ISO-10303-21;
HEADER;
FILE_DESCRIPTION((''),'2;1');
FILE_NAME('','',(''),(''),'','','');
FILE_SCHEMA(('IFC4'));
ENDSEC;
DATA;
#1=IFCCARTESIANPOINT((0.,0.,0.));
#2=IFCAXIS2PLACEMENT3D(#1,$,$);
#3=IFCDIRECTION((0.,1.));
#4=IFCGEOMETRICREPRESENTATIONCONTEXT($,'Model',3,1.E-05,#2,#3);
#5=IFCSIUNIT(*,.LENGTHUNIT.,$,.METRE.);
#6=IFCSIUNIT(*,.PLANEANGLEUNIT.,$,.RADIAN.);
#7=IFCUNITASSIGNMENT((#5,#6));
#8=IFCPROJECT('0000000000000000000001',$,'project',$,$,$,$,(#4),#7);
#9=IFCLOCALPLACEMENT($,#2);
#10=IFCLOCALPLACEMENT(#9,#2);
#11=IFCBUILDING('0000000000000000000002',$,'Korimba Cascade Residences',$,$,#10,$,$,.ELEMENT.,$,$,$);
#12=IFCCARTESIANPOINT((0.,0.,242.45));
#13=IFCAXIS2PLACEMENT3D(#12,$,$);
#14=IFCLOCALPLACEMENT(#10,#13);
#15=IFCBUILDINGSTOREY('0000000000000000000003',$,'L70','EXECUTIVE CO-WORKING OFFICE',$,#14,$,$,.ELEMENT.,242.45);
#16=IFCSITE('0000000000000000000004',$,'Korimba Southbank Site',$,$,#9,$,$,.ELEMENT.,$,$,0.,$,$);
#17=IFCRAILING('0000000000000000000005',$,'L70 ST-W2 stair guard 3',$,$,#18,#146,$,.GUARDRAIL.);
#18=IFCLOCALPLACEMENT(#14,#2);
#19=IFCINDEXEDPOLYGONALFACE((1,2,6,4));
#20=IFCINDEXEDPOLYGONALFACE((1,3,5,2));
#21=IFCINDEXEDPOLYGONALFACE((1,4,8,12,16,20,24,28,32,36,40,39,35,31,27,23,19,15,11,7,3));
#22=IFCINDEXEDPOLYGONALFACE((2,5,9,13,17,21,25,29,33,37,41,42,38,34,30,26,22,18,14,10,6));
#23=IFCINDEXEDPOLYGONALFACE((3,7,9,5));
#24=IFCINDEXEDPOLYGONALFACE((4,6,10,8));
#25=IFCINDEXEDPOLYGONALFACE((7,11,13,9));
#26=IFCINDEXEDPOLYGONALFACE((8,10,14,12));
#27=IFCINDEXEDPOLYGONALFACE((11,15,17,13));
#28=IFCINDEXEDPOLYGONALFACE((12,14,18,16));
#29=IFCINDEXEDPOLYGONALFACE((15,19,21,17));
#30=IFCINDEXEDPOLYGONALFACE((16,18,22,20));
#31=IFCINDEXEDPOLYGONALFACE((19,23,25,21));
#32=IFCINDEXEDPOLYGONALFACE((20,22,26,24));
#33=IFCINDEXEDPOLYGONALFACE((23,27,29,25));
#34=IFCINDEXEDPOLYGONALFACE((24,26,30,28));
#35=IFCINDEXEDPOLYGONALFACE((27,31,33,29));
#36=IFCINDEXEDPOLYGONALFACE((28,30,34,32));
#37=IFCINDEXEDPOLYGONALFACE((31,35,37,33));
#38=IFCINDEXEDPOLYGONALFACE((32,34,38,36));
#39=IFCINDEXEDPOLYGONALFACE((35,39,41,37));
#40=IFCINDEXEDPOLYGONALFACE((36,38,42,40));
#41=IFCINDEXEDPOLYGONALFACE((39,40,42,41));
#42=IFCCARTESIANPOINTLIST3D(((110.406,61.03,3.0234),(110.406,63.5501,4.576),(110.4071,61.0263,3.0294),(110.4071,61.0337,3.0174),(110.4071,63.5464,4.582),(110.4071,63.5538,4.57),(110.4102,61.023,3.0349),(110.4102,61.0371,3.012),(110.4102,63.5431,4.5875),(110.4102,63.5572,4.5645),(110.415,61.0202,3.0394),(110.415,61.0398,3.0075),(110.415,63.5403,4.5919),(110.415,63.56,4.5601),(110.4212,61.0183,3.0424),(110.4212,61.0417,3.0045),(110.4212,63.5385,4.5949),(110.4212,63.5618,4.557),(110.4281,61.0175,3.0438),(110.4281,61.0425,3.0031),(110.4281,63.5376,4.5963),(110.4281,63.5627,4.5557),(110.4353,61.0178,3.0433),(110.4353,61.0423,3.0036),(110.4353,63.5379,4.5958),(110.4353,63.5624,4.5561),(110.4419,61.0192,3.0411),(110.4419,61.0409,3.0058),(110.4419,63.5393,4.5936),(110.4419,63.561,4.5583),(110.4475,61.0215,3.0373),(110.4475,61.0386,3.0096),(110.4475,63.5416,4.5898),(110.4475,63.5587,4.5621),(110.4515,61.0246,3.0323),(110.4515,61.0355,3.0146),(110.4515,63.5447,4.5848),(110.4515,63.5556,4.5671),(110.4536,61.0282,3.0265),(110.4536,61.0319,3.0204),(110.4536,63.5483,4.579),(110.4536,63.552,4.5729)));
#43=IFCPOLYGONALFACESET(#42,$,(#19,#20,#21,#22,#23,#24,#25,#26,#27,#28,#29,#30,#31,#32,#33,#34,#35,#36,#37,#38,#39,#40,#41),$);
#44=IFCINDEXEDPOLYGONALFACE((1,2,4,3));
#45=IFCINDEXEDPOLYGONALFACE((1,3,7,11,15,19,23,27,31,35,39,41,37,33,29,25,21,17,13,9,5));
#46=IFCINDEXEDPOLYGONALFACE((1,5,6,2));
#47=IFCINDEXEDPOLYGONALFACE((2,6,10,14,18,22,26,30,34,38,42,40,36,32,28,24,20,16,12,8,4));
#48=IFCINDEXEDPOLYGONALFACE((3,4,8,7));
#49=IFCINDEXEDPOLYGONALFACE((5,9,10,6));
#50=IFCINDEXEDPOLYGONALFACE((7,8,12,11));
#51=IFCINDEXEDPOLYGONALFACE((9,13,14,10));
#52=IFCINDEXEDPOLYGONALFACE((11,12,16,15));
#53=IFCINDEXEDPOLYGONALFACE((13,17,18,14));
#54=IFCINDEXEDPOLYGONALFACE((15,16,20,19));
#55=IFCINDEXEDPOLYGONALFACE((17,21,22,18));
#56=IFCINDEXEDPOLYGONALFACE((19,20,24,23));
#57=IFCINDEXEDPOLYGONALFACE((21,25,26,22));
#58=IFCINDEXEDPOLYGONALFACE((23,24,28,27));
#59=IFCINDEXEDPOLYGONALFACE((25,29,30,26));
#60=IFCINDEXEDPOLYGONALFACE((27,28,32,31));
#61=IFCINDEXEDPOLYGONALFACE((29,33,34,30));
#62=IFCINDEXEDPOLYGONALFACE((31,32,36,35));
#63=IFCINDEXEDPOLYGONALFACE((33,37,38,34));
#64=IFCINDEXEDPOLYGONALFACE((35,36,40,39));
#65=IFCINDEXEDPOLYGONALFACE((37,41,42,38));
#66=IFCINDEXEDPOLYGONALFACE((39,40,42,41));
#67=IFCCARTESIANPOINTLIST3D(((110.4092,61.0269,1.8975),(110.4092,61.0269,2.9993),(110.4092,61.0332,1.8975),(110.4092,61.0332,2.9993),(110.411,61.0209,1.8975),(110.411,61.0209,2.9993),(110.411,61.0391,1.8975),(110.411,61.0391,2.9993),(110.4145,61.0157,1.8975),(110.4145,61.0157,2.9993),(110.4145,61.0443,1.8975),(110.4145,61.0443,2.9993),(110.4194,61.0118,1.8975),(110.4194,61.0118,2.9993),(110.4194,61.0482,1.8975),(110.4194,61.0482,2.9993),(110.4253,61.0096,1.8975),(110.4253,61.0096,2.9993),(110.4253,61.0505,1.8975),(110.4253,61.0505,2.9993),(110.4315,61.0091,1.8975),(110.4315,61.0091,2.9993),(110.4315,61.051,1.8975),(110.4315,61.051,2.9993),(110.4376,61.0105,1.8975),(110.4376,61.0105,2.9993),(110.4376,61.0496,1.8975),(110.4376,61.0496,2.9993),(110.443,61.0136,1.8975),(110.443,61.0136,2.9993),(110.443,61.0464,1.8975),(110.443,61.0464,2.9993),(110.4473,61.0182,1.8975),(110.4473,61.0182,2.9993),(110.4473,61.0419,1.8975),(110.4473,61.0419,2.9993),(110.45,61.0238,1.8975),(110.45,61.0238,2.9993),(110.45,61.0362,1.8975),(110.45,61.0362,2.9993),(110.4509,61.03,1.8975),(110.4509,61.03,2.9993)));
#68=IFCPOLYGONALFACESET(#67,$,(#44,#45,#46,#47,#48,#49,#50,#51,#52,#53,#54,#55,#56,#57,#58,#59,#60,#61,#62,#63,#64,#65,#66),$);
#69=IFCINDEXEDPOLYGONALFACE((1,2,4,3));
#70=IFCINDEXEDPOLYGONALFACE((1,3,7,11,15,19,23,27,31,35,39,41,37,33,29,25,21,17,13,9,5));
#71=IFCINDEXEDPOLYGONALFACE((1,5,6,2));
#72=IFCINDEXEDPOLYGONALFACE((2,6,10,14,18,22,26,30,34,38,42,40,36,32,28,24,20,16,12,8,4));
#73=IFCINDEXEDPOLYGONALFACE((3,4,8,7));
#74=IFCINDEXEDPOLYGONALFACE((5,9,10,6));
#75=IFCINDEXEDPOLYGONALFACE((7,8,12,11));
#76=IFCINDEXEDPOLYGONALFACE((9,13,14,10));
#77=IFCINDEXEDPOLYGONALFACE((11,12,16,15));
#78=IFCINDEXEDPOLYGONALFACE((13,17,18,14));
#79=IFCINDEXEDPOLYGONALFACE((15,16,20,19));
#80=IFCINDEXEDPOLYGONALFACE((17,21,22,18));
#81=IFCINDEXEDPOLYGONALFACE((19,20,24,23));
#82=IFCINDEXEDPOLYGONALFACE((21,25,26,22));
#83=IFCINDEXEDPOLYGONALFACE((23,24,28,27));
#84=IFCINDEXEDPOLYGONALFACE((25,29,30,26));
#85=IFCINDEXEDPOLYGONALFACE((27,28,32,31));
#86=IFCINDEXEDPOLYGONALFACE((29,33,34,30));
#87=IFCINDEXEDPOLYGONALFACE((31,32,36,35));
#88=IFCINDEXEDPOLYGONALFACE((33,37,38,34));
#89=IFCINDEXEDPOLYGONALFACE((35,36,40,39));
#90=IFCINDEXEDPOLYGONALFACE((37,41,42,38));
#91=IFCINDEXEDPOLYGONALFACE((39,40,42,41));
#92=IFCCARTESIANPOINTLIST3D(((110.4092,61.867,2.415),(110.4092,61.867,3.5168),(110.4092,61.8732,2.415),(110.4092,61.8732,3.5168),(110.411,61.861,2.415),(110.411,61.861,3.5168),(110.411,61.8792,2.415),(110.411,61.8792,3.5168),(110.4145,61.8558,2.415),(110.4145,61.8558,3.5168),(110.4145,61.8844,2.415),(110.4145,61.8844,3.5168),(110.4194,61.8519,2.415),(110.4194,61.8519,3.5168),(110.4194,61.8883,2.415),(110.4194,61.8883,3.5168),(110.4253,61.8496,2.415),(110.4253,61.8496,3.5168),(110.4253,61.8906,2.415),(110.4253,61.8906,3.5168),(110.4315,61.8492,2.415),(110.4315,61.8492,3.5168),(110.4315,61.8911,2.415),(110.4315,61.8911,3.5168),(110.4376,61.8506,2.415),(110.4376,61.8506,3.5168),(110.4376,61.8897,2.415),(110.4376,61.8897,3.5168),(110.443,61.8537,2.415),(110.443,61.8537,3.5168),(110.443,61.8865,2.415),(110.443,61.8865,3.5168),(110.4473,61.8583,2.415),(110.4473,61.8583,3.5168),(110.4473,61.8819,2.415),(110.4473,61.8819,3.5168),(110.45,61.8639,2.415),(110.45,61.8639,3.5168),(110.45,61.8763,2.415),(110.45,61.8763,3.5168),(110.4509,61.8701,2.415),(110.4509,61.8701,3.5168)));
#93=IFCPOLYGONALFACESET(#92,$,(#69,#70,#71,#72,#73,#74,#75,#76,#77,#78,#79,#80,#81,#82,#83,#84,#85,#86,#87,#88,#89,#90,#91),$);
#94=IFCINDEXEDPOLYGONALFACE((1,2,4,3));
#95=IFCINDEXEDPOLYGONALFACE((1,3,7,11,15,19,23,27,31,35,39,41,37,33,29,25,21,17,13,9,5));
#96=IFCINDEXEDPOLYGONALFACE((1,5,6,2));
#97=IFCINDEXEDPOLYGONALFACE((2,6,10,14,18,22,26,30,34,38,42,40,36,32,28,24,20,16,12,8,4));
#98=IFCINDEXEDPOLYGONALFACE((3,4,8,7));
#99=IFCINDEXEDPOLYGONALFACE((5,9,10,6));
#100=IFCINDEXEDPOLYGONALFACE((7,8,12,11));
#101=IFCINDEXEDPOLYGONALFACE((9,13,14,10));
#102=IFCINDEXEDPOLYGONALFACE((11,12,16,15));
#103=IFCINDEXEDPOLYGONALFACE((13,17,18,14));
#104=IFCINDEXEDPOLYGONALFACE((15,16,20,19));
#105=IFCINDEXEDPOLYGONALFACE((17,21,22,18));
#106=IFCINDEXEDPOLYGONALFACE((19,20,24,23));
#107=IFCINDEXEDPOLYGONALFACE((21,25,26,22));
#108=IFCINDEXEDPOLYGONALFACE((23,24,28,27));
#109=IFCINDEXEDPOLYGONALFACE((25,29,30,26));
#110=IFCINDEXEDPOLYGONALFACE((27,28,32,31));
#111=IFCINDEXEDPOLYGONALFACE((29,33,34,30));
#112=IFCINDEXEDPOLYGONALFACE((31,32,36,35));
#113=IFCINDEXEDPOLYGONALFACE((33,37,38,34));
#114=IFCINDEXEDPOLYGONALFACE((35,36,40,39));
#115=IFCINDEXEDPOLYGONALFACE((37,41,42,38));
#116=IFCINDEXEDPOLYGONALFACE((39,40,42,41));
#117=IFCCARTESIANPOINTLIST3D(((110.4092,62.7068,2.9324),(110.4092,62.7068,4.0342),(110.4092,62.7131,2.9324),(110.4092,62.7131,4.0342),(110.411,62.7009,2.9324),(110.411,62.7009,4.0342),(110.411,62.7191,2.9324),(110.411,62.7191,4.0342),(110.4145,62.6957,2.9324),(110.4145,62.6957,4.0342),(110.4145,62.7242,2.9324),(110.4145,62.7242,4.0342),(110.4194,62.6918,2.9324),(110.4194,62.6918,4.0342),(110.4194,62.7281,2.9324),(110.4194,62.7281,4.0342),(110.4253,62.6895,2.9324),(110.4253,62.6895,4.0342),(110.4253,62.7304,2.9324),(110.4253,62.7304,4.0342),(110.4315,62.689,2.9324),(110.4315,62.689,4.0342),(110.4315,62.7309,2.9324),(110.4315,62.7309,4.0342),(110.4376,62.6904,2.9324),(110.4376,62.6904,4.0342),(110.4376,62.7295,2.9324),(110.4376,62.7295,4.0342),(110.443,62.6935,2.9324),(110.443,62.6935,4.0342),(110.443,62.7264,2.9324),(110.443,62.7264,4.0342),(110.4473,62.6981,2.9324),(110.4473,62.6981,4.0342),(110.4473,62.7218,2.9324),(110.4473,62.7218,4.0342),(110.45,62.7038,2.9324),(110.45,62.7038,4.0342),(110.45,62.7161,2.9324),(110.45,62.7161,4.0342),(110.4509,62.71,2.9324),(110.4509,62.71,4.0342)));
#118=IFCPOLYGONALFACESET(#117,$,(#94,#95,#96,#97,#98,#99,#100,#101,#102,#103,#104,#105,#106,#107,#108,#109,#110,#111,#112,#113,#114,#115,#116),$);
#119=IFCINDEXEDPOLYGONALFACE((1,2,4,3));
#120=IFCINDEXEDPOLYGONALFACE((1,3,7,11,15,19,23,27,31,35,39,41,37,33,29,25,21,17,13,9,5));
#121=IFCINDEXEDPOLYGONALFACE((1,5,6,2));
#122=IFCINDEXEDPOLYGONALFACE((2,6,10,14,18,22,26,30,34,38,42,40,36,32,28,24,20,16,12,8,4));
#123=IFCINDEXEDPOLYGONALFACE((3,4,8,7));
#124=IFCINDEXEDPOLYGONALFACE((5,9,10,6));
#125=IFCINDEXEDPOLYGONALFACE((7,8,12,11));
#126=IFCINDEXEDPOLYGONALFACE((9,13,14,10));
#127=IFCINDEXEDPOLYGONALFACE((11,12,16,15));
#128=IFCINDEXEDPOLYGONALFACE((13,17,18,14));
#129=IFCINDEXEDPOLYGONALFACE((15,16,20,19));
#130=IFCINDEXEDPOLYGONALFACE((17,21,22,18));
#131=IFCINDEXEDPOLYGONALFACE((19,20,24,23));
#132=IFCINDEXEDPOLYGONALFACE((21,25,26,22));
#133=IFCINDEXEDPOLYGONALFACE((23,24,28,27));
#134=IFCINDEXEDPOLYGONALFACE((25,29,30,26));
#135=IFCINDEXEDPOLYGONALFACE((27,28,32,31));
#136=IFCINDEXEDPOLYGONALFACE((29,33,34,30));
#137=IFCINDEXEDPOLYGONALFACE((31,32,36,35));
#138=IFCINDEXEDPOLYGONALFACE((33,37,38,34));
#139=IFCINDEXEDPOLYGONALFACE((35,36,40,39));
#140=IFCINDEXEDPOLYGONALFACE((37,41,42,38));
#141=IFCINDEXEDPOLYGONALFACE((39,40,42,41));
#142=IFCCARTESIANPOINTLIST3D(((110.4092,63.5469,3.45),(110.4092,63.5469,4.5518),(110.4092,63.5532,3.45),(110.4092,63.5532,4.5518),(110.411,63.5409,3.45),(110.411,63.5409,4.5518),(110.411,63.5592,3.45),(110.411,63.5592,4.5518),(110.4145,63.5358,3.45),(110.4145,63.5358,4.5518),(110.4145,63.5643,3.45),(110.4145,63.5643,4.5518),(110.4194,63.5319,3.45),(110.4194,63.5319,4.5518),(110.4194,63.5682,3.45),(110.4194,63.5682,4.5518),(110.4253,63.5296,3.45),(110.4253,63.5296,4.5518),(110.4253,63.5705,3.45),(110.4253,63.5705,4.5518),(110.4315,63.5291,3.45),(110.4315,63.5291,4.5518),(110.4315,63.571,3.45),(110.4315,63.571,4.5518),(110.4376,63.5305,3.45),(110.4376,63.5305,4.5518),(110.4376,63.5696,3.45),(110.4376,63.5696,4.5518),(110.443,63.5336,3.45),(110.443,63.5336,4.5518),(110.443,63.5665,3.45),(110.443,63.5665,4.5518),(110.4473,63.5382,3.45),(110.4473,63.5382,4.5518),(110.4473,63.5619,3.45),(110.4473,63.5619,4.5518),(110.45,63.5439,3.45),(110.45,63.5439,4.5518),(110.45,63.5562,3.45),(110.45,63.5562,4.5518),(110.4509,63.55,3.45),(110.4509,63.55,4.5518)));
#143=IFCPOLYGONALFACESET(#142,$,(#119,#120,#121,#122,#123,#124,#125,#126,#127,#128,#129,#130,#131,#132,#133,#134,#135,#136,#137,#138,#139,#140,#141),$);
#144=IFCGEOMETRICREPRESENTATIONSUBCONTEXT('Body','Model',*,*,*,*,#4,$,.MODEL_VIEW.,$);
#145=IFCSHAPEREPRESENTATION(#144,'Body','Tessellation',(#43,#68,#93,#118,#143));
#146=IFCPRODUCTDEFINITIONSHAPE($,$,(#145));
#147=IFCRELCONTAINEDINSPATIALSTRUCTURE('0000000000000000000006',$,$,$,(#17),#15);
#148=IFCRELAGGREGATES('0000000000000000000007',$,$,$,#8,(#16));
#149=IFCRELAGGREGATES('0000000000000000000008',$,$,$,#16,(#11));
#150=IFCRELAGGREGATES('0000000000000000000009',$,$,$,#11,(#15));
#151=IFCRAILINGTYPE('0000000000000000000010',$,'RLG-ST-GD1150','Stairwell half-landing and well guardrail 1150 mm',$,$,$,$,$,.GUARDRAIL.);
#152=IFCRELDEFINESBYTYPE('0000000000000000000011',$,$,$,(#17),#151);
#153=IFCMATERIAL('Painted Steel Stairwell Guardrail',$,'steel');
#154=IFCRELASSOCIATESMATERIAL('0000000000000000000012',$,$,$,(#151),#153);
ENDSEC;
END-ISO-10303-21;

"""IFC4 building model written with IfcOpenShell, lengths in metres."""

from ifc_helpers import new_model, si_unit, direction, frame, origin, origin_2d, place, context, subcontext, project, spatial, circle, extrude, material, type_object, element, save


model = new_model("IFC4")

# Units and contexts
model_context = context("Model", 3, precision=1e-05, world=origin(), true_north=direction((0.0, 1.0)))
body_context = subcontext(model_context, "Body", "Model", "MODEL_VIEW")
ifc_project = project(units=[si_unit("LENGTHUNIT", "METRE"), si_unit("PLANEANGLEUNIT", "RADIAN")], contexts=[model_context])

# Site, building, storey
site_placement = place(None, origin())
site = spatial("IfcSite", under=ifc_project, at=site_placement, Name="Korimba Southbank Site", CompositionType="ELEMENT", RefElevation=0.0)
building_placement = place(site_placement, origin())
building = spatial("IfcBuilding", under=site, at=building_placement, Name="Korimba Cascade Residences", CompositionType="ELEMENT")
storey_placement = place(building_placement, frame((0.0, 0.0, 242.45)))
storey = spatial("IfcBuildingStorey", under=building, at=storey_placement, Name="L70", Description="EXECUTIVE CO-WORKING OFFICE", CompositionType="ELEMENT", Elevation=242.45)

# Railing
ifc_material_1 = material(Name="Painted Steel Stairwell Guardrail", Category="steel")
railing_type_1 = type_object("IfcRailingType", Name="RLG-ST-GD1150", Description="Stairwell half-landing and well guardrail 1150 mm", PredefinedType="GUARDRAIL", material=ifc_material_1)
railing_1_placement = place(storey_placement, frame((110.4299, 61.03, 1.8975)))
element("IfcRailing", 1, at=railing_1_placement, inside=storey, type_object=railing_type_1, Name="L70 ST-W2 stair guard 3", PredefinedType="GUARDRAIL", context=body_context, shape_type="SweptSolid", body=[
    extrude(circle(Radius=0.0239, at=origin_2d()), frame((0.0, 0.0, 1.126), z_axis=(0.0, 0.8514, 0.524516), x_axis=(-1.0, 0.0, 0.0)), (0.0, 0.0, 1.0), 2.96),
    extrude(circle(Radius=0.021, at=origin_2d()), origin(), (0.0, 0.0, 1.0), 1.1018),
    extrude(circle(Radius=0.021, at=origin_2d()), frame((0.0, 0.8401, 0.5176)), (0.0, 0.0, 1.0), 1.1018),
    extrude(circle(Radius=0.021, at=origin_2d()), frame((0.0, 1.6799, 1.0349)), (0.0, 0.0, 1.0), 1.1018),
    extrude(circle(Radius=0.021, at=origin_2d()), frame((0.0, 2.52, 1.5525)), (0.0, 0.0, 1.0), 1.1018),
])

save(model, "model.ifc")
